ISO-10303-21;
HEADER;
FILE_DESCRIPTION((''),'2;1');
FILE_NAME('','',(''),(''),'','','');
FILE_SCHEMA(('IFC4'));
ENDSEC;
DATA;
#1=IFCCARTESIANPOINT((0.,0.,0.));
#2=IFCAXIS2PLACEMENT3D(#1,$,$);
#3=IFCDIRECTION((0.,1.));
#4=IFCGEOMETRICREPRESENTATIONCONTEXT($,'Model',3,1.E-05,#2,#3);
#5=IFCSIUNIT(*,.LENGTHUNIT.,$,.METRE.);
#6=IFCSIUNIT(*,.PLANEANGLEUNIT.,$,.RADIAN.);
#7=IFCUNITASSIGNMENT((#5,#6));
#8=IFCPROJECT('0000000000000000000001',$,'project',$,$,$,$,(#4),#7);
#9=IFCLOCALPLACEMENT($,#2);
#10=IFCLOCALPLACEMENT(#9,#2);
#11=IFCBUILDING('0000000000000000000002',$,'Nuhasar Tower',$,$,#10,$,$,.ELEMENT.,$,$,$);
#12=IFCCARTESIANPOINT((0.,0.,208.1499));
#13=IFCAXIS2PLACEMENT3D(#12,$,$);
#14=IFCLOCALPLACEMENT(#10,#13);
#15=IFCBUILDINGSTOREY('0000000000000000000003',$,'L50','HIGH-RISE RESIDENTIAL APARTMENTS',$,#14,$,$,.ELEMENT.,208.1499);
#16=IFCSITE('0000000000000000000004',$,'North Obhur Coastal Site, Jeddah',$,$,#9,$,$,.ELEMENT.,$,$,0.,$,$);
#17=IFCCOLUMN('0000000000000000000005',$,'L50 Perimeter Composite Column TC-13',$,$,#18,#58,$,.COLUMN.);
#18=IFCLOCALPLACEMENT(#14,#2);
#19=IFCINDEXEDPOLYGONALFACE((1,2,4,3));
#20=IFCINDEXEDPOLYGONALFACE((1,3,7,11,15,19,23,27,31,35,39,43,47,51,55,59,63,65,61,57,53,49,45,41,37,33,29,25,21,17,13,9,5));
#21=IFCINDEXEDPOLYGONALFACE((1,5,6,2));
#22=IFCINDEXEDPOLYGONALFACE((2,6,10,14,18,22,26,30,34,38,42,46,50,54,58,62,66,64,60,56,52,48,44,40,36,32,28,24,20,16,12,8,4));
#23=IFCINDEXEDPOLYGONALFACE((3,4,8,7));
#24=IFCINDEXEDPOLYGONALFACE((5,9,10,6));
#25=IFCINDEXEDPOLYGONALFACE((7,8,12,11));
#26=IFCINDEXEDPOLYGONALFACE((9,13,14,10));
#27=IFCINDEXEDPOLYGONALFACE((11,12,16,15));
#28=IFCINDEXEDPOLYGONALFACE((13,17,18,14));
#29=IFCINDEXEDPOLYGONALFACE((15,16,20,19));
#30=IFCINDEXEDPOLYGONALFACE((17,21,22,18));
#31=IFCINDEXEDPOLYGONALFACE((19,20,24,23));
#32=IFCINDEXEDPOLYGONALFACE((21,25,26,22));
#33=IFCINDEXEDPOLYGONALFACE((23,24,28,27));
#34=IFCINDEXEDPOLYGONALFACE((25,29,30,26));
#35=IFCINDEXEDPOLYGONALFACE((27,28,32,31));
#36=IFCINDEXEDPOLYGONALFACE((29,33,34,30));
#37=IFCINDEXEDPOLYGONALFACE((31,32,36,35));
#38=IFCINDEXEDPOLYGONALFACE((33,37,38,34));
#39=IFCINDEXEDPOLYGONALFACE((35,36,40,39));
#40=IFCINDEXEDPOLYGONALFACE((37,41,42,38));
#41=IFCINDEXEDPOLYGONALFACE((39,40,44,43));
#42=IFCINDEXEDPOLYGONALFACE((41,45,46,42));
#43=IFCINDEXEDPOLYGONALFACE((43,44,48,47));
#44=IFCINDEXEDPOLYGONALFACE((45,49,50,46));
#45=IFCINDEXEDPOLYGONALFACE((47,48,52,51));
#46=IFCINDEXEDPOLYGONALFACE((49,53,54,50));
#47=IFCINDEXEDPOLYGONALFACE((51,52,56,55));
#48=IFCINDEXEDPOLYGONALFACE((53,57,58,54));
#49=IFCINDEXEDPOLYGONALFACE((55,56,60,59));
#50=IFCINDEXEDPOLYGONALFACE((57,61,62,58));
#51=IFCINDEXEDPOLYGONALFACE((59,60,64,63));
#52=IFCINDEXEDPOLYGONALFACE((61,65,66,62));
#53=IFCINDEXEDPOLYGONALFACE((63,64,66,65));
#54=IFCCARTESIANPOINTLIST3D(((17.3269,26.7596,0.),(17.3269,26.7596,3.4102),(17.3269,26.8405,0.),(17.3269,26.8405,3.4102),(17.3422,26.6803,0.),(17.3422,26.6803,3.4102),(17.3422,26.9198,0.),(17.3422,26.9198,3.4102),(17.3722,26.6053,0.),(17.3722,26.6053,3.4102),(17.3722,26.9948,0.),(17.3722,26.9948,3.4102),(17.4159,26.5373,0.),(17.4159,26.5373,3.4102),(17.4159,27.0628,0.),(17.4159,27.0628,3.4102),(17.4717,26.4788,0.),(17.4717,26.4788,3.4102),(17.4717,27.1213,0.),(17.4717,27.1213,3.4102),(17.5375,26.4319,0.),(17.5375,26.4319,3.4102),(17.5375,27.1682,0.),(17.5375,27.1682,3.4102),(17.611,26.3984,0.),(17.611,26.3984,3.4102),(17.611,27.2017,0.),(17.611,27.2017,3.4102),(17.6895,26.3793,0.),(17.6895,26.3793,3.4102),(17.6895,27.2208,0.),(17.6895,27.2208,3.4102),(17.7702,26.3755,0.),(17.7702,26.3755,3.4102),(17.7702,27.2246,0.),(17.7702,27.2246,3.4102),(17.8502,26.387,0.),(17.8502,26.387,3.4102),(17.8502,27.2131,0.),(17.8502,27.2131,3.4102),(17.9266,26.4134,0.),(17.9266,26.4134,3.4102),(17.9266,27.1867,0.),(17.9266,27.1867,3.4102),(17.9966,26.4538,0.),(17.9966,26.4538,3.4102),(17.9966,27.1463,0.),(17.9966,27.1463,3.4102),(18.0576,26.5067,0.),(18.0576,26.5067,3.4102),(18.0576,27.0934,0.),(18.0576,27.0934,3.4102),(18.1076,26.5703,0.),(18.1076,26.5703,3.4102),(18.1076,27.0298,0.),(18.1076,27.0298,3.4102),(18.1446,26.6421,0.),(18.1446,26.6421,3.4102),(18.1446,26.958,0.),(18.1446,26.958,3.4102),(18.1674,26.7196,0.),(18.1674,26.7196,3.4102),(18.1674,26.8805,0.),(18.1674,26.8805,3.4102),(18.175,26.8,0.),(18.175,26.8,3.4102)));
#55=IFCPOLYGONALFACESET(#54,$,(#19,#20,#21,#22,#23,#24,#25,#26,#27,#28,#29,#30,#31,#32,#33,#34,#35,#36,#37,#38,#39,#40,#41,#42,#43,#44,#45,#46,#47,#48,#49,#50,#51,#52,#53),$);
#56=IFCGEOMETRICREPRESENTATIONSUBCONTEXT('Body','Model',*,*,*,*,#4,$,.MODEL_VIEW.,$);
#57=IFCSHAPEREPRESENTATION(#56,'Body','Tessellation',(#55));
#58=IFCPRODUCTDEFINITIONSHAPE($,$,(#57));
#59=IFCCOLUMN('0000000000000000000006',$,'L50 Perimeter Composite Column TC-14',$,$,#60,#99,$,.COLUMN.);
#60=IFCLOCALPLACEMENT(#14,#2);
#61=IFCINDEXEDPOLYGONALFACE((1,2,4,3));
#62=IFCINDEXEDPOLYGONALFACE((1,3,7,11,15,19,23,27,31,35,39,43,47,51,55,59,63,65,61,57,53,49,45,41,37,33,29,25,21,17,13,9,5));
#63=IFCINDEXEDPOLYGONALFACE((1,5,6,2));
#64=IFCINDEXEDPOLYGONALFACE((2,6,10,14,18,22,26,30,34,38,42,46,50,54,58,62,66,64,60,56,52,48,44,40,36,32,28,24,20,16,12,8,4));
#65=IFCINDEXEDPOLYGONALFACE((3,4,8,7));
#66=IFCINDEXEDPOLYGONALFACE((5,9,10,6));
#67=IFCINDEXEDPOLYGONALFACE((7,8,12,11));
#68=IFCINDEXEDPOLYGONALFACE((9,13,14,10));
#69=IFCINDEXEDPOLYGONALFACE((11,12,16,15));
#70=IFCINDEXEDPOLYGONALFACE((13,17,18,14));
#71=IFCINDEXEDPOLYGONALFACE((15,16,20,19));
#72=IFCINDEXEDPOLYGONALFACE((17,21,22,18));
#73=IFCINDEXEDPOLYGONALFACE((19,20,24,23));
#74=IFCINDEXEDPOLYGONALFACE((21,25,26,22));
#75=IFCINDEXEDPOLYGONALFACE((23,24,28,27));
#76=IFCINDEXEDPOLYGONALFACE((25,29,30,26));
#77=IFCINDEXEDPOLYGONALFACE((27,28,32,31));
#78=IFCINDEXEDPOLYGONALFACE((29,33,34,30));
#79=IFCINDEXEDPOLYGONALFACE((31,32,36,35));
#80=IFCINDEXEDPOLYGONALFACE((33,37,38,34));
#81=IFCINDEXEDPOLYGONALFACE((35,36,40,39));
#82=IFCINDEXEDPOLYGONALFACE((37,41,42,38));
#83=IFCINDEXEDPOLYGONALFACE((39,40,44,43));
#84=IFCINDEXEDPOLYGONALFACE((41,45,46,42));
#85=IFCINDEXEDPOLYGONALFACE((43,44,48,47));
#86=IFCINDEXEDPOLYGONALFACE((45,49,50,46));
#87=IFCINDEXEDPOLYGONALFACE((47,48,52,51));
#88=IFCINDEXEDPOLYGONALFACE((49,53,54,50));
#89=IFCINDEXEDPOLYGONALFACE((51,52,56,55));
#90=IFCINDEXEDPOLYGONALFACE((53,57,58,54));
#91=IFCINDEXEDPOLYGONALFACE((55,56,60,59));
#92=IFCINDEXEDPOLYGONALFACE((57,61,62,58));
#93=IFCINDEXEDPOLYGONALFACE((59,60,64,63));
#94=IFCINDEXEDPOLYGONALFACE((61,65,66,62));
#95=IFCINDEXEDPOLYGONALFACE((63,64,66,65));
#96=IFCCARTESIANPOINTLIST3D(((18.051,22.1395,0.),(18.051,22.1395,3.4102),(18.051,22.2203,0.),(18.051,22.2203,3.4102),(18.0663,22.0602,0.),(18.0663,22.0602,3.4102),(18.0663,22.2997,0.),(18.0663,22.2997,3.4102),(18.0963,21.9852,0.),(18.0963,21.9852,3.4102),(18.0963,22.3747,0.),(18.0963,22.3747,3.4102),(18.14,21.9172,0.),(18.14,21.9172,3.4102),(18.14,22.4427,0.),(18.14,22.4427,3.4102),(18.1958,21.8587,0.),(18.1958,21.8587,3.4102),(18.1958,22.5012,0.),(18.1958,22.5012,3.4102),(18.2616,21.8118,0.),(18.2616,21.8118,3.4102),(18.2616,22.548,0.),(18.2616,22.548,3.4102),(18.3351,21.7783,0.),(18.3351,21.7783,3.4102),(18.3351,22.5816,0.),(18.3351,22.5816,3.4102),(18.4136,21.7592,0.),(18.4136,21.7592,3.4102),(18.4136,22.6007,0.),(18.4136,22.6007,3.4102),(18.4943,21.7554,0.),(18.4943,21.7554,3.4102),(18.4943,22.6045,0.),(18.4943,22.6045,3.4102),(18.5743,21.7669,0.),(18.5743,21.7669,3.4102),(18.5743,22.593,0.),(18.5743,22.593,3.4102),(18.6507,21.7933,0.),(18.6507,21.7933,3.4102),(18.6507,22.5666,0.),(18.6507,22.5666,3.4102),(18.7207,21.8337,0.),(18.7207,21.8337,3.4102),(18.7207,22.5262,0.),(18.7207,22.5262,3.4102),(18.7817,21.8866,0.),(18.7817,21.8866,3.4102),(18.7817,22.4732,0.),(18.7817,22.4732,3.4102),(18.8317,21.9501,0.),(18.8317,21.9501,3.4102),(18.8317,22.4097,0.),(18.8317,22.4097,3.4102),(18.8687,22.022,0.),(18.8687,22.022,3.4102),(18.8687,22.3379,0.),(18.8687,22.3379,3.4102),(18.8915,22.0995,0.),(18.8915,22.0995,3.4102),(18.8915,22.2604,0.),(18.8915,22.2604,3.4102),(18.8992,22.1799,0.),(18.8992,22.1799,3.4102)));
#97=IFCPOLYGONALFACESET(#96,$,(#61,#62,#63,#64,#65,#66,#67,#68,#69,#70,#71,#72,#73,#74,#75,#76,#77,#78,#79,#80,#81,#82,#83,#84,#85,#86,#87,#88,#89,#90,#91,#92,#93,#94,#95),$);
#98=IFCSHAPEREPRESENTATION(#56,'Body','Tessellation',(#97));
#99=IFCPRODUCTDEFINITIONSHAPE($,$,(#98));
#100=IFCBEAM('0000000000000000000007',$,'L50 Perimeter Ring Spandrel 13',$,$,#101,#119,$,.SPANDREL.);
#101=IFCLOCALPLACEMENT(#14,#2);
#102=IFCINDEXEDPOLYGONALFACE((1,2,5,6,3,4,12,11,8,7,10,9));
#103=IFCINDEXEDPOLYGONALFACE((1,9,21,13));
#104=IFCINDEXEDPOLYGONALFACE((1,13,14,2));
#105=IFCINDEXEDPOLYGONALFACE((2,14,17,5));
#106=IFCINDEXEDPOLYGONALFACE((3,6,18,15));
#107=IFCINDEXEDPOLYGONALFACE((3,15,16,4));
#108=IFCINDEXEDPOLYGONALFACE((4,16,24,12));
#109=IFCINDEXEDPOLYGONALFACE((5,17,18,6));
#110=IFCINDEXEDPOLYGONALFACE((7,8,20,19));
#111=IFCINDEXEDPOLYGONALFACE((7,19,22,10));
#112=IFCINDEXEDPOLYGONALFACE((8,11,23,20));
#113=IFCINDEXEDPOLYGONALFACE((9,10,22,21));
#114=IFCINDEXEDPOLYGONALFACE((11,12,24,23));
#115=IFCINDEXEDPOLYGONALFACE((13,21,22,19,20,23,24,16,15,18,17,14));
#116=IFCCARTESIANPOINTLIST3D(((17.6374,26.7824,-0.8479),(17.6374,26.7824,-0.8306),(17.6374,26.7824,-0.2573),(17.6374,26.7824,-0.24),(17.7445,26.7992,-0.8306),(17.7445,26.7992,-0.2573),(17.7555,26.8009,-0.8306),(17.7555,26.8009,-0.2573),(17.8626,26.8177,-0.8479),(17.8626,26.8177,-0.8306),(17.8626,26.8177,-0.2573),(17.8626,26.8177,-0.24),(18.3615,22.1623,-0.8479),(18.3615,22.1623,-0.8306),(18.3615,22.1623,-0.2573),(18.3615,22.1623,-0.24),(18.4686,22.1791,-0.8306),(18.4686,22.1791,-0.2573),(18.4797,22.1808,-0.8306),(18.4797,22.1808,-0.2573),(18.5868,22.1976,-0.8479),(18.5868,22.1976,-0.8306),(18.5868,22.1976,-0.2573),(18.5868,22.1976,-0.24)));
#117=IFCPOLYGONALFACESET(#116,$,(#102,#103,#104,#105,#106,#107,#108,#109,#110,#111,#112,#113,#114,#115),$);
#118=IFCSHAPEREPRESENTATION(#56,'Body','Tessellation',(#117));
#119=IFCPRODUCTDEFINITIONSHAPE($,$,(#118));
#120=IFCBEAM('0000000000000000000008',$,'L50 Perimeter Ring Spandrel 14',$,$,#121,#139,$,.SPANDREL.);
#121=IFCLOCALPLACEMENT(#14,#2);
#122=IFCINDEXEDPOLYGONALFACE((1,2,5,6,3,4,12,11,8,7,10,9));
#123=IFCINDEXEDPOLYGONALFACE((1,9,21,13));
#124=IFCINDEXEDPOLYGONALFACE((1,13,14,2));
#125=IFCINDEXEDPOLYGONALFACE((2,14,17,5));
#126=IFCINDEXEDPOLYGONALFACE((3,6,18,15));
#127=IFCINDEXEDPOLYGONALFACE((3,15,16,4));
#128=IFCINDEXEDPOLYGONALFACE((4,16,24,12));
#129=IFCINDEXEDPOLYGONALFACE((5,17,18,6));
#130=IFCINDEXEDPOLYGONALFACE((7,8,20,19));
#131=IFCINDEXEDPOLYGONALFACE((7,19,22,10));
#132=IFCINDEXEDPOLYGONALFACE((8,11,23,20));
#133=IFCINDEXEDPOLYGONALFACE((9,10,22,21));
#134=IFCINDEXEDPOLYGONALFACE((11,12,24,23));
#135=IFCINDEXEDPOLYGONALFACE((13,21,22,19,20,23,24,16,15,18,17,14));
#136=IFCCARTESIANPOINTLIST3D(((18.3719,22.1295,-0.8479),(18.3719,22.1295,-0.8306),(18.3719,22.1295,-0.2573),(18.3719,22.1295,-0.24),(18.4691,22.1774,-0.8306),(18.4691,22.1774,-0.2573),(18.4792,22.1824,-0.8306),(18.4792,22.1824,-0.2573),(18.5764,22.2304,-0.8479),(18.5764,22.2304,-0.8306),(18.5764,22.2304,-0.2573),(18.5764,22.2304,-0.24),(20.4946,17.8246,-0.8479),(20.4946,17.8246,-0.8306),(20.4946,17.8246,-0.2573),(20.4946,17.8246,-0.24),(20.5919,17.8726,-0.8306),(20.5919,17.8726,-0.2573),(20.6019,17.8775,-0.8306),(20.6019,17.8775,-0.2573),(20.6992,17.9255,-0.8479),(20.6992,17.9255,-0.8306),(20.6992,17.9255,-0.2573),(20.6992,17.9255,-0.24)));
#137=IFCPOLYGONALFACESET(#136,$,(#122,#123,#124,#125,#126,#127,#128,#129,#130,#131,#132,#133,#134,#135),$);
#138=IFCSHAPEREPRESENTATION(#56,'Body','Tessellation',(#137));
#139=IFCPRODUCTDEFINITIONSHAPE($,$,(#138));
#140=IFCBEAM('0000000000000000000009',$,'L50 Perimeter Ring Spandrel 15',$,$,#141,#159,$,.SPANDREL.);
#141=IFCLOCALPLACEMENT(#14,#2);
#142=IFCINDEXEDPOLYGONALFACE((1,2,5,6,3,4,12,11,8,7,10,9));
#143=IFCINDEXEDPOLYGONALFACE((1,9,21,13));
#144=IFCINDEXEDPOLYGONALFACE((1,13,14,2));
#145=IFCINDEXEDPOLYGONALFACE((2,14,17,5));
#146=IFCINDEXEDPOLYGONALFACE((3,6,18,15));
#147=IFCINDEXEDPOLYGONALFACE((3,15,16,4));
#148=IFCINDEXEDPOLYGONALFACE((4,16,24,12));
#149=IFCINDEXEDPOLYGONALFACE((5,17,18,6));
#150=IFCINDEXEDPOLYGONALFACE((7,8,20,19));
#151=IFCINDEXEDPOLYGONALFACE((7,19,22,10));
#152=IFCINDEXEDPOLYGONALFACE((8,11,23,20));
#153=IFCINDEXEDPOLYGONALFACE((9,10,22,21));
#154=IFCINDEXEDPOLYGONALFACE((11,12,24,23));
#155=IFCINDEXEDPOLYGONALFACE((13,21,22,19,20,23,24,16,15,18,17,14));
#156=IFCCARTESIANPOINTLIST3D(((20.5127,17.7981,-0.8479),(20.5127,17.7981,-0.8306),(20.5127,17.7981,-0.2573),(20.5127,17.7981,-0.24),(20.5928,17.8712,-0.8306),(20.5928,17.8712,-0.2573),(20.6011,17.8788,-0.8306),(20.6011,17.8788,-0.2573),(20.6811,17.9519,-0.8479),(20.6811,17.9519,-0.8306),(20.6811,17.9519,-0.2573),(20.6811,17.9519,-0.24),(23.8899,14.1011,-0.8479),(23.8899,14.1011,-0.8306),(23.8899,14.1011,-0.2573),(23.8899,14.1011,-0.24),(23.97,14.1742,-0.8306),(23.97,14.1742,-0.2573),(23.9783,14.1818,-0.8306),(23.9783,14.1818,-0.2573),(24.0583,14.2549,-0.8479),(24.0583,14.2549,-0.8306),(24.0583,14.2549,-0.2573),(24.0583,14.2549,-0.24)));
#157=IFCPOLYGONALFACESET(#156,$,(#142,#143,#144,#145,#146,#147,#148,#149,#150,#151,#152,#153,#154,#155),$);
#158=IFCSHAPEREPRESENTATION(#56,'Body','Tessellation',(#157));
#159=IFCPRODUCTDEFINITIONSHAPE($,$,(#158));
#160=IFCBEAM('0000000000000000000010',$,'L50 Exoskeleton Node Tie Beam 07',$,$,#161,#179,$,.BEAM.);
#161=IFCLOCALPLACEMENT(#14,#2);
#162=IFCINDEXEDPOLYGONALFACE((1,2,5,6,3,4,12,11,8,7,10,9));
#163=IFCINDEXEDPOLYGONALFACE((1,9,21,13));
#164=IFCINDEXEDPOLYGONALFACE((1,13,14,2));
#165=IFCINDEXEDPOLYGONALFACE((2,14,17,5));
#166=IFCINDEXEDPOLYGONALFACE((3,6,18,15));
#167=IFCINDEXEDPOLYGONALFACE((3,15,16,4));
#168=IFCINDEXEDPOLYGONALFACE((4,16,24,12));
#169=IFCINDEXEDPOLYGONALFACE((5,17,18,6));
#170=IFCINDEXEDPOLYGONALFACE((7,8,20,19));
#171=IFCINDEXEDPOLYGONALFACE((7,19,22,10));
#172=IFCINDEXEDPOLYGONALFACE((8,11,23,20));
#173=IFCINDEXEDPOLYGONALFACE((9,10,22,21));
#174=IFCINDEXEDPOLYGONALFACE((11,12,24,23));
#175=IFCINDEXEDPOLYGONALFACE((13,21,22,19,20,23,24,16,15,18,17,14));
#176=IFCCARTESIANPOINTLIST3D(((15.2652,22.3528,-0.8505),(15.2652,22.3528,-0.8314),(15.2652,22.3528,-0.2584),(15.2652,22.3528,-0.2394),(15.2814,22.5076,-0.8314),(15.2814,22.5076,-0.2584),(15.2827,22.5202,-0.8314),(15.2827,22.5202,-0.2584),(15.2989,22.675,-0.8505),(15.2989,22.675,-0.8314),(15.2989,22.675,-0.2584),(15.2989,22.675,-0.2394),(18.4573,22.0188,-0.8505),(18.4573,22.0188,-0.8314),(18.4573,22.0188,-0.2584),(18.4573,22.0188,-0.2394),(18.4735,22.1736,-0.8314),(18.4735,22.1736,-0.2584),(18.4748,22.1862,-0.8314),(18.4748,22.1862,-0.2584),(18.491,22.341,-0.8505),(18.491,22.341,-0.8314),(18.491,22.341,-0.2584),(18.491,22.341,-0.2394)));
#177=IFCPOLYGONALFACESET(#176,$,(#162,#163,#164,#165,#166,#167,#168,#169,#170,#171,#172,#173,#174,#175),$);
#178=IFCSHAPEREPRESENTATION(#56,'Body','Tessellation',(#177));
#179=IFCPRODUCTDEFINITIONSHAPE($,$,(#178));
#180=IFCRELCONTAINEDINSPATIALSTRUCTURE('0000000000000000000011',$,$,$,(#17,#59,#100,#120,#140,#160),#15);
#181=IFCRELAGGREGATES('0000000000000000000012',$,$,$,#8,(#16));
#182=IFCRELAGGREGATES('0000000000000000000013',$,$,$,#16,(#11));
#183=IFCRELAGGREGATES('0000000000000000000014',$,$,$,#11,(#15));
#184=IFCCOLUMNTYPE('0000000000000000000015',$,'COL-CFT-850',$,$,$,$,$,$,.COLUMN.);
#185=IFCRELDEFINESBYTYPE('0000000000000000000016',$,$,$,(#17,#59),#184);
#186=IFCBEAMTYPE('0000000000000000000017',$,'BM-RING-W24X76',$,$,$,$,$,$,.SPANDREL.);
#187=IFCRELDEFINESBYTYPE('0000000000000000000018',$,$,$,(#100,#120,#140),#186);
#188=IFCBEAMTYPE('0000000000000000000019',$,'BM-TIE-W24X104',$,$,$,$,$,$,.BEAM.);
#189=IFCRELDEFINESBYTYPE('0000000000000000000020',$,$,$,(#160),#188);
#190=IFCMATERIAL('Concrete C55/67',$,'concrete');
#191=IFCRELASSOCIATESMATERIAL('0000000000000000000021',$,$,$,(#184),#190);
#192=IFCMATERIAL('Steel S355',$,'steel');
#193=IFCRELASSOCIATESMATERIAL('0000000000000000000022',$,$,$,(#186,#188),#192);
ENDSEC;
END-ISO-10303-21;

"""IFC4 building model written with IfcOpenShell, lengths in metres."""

from ifc_helpers import new_model, si_unit, direction, frame, origin, origin_2d, place, context, subcontext, project, spatial, circle, i_section, extrude, material, material_profile, profile_set, type_object, element, save


model = new_model("IFC4")

# Units and contexts
model_context = context("Model", 3, precision=1e-05, world=origin(), true_north=direction((0.0, 1.0)))
body_context = subcontext(model_context, "Body", "Model", "MODEL_VIEW")
ifc_project = project(units=[si_unit("LENGTHUNIT", "METRE"), si_unit("PLANEANGLEUNIT", "RADIAN")], contexts=[model_context])

# Site, building, storey
site_placement = place(None, origin())
site = spatial("IfcSite", under=ifc_project, at=site_placement, Name="North Obhur Coastal Site, Jeddah", CompositionType="ELEMENT", RefElevation=0.0)
building_placement = place(site_placement, origin())
building = spatial("IfcBuilding", under=site, at=building_placement, Name="Nuhasar Tower", CompositionType="ELEMENT")
storey_placement = place(building_placement, frame((0.0, 0.0, 208.1499)))
storey = spatial("IfcBuildingStorey", under=building, at=storey_placement, Name="L50", Description="HIGH-RISE RESIDENTIAL APARTMENTS", CompositionType="ELEMENT", Elevation=208.1499)

# Columns
ifc_material_1 = material(Name="Concrete C55/67", Category="concrete")
ifc_material_profile_1 = material_profile(ifc_material_1, circle(Radius=0.425, at=origin_2d()), Name="CFT850")
ifc_profile_set_1 = profile_set([ifc_material_profile_1], Name="Concrete C55/67")
column_type = type_object("IfcColumnType", Name="COL-CFT-850", PredefinedType="COLUMN", material=ifc_profile_set_1)
for number, where, z_axis, x_axis, name in (
    (1, (17.75, 26.8, 0.0), (0.0, 0.0, 1.0), (1.0, 0.0, 0.0), "L50 Perimeter Composite Column TC-13"),
    (2, (18.4741, 22.1799, 0.0), (0.0, 0.0, 1.0), (1.0, 0.0, 0.0), "L50 Perimeter Composite Column TC-14"),
):
    element("IfcColumn", number, at=place(storey_placement, frame(where, z_axis=z_axis, x_axis=x_axis)), inside=storey, type_object=column_type, Name=name, PredefinedType="COLUMN", context=body_context, shape_type="SweptSolid", body=[
        extrude(circle(Radius=0.425, at=origin_2d()), origin(), (0.0, 0.0, 1.0), 3.4102),
    ])

# Beams
ifc_material_2 = material(Name="Steel S355", Category="steel")
ifc_material_profile_2 = material_profile(ifc_material_2, i_section(OverallWidth=0.228, OverallDepth=0.6079, WebThickness=0.0112, FlangeThickness=0.0173, at=origin_2d()), Name="W24X76")
ifc_profile_set_2 = profile_set([ifc_material_profile_2], Name="Steel S355")
beam_type_1 = type_object("IfcBeamType", Name="BM-RING-W24X76", PredefinedType="SPANDREL", material=ifc_profile_set_2)
beam_1_placement = place(storey_placement, frame((17.75, 26.8, -0.5439), z_axis=(0.154842, -0.987939, 0.0), x_axis=(0.987939, 0.154842, 0.0)))
element("IfcBeam", 3, at=beam_1_placement, inside=storey, type_object=beam_type_1, Name="L50 Perimeter Ring Spandrel 13", PredefinedType="SPANDREL", context=body_context, shape_type="SweptSolid", body=[
    extrude(i_section(OverallWidth=0.228, OverallDepth=0.6079, WebThickness=0.0112, FlangeThickness=0.0173, at=origin_2d()), origin(), (0.0, 0.0, 1.0), 4.6765),
])
beam_2_placement = place(storey_placement, frame((18.4741, 22.1799, -0.5439), z_axis=(0.442263, -0.896886, 0.0), x_axis=(0.896886, 0.442263, 0.0)))
element("IfcBeam", 4, at=beam_2_placement, inside=storey, type_object=beam_type_1, Name="L50 Perimeter Ring Spandrel 14", PredefinedType="SPANDREL", context=body_context, shape_type="SweptSolid", body=[
    extrude(i_section(OverallWidth=0.228, OverallDepth=0.6079, WebThickness=0.0112, FlangeThickness=0.0173, at=origin_2d()), origin(), (0.0, 0.0, 1.0), 4.7998),
])
beam_3_placement = place(storey_placement, frame((20.5969, 17.875, -0.5439), z_axis=(0.67445, -0.738321, 0.0), x_axis=(0.738321, 0.67445, 0.0)))
element("IfcBeam", 5, at=beam_3_placement, inside=storey, type_object=beam_type_1, Name="L50 Perimeter Ring Spandrel 15", PredefinedType="SPANDREL", context=body_context, shape_type="SweptSolid", body=[
    extrude(i_section(OverallWidth=0.228, OverallDepth=0.6079, WebThickness=0.0112, FlangeThickness=0.0173, at=origin_2d()), origin(), (0.0, 0.0, 1.0), 5.0073),
])
ifc_material_profile_3 = material_profile(ifc_material_2, i_section(OverallWidth=0.324, OverallDepth=0.6111, WebThickness=0.0127, FlangeThickness=0.019, at=origin_2d()), Name="W24X104")
ifc_profile_set_3 = profile_set([ifc_material_profile_3], Name="Steel S355")
beam_type_2 = type_object("IfcBeamType", Name="BM-TIE-W24X104", PredefinedType="BEAM", material=ifc_profile_set_3)
beam_4_placement = place(storey_placement, frame((18.4741, 22.1799, -0.5449), z_axis=(-0.994571, 0.104059, 0.0), x_axis=(-0.104059, -0.994571, 0.0)))
element("IfcBeam", 6, at=beam_4_placement, inside=storey, type_object=beam_type_2, Name="L50 Exoskeleton Node Tie Beam 07", PredefinedType="BEAM", context=body_context, shape_type="SweptSolid", body=[
    extrude(i_section(OverallWidth=0.324, OverallDepth=0.6111, WebThickness=0.0127, FlangeThickness=0.019, at=origin_2d()), origin(), (0.0, 0.0, 1.0), 3.2095),
])

save(model, "model.ifc")
